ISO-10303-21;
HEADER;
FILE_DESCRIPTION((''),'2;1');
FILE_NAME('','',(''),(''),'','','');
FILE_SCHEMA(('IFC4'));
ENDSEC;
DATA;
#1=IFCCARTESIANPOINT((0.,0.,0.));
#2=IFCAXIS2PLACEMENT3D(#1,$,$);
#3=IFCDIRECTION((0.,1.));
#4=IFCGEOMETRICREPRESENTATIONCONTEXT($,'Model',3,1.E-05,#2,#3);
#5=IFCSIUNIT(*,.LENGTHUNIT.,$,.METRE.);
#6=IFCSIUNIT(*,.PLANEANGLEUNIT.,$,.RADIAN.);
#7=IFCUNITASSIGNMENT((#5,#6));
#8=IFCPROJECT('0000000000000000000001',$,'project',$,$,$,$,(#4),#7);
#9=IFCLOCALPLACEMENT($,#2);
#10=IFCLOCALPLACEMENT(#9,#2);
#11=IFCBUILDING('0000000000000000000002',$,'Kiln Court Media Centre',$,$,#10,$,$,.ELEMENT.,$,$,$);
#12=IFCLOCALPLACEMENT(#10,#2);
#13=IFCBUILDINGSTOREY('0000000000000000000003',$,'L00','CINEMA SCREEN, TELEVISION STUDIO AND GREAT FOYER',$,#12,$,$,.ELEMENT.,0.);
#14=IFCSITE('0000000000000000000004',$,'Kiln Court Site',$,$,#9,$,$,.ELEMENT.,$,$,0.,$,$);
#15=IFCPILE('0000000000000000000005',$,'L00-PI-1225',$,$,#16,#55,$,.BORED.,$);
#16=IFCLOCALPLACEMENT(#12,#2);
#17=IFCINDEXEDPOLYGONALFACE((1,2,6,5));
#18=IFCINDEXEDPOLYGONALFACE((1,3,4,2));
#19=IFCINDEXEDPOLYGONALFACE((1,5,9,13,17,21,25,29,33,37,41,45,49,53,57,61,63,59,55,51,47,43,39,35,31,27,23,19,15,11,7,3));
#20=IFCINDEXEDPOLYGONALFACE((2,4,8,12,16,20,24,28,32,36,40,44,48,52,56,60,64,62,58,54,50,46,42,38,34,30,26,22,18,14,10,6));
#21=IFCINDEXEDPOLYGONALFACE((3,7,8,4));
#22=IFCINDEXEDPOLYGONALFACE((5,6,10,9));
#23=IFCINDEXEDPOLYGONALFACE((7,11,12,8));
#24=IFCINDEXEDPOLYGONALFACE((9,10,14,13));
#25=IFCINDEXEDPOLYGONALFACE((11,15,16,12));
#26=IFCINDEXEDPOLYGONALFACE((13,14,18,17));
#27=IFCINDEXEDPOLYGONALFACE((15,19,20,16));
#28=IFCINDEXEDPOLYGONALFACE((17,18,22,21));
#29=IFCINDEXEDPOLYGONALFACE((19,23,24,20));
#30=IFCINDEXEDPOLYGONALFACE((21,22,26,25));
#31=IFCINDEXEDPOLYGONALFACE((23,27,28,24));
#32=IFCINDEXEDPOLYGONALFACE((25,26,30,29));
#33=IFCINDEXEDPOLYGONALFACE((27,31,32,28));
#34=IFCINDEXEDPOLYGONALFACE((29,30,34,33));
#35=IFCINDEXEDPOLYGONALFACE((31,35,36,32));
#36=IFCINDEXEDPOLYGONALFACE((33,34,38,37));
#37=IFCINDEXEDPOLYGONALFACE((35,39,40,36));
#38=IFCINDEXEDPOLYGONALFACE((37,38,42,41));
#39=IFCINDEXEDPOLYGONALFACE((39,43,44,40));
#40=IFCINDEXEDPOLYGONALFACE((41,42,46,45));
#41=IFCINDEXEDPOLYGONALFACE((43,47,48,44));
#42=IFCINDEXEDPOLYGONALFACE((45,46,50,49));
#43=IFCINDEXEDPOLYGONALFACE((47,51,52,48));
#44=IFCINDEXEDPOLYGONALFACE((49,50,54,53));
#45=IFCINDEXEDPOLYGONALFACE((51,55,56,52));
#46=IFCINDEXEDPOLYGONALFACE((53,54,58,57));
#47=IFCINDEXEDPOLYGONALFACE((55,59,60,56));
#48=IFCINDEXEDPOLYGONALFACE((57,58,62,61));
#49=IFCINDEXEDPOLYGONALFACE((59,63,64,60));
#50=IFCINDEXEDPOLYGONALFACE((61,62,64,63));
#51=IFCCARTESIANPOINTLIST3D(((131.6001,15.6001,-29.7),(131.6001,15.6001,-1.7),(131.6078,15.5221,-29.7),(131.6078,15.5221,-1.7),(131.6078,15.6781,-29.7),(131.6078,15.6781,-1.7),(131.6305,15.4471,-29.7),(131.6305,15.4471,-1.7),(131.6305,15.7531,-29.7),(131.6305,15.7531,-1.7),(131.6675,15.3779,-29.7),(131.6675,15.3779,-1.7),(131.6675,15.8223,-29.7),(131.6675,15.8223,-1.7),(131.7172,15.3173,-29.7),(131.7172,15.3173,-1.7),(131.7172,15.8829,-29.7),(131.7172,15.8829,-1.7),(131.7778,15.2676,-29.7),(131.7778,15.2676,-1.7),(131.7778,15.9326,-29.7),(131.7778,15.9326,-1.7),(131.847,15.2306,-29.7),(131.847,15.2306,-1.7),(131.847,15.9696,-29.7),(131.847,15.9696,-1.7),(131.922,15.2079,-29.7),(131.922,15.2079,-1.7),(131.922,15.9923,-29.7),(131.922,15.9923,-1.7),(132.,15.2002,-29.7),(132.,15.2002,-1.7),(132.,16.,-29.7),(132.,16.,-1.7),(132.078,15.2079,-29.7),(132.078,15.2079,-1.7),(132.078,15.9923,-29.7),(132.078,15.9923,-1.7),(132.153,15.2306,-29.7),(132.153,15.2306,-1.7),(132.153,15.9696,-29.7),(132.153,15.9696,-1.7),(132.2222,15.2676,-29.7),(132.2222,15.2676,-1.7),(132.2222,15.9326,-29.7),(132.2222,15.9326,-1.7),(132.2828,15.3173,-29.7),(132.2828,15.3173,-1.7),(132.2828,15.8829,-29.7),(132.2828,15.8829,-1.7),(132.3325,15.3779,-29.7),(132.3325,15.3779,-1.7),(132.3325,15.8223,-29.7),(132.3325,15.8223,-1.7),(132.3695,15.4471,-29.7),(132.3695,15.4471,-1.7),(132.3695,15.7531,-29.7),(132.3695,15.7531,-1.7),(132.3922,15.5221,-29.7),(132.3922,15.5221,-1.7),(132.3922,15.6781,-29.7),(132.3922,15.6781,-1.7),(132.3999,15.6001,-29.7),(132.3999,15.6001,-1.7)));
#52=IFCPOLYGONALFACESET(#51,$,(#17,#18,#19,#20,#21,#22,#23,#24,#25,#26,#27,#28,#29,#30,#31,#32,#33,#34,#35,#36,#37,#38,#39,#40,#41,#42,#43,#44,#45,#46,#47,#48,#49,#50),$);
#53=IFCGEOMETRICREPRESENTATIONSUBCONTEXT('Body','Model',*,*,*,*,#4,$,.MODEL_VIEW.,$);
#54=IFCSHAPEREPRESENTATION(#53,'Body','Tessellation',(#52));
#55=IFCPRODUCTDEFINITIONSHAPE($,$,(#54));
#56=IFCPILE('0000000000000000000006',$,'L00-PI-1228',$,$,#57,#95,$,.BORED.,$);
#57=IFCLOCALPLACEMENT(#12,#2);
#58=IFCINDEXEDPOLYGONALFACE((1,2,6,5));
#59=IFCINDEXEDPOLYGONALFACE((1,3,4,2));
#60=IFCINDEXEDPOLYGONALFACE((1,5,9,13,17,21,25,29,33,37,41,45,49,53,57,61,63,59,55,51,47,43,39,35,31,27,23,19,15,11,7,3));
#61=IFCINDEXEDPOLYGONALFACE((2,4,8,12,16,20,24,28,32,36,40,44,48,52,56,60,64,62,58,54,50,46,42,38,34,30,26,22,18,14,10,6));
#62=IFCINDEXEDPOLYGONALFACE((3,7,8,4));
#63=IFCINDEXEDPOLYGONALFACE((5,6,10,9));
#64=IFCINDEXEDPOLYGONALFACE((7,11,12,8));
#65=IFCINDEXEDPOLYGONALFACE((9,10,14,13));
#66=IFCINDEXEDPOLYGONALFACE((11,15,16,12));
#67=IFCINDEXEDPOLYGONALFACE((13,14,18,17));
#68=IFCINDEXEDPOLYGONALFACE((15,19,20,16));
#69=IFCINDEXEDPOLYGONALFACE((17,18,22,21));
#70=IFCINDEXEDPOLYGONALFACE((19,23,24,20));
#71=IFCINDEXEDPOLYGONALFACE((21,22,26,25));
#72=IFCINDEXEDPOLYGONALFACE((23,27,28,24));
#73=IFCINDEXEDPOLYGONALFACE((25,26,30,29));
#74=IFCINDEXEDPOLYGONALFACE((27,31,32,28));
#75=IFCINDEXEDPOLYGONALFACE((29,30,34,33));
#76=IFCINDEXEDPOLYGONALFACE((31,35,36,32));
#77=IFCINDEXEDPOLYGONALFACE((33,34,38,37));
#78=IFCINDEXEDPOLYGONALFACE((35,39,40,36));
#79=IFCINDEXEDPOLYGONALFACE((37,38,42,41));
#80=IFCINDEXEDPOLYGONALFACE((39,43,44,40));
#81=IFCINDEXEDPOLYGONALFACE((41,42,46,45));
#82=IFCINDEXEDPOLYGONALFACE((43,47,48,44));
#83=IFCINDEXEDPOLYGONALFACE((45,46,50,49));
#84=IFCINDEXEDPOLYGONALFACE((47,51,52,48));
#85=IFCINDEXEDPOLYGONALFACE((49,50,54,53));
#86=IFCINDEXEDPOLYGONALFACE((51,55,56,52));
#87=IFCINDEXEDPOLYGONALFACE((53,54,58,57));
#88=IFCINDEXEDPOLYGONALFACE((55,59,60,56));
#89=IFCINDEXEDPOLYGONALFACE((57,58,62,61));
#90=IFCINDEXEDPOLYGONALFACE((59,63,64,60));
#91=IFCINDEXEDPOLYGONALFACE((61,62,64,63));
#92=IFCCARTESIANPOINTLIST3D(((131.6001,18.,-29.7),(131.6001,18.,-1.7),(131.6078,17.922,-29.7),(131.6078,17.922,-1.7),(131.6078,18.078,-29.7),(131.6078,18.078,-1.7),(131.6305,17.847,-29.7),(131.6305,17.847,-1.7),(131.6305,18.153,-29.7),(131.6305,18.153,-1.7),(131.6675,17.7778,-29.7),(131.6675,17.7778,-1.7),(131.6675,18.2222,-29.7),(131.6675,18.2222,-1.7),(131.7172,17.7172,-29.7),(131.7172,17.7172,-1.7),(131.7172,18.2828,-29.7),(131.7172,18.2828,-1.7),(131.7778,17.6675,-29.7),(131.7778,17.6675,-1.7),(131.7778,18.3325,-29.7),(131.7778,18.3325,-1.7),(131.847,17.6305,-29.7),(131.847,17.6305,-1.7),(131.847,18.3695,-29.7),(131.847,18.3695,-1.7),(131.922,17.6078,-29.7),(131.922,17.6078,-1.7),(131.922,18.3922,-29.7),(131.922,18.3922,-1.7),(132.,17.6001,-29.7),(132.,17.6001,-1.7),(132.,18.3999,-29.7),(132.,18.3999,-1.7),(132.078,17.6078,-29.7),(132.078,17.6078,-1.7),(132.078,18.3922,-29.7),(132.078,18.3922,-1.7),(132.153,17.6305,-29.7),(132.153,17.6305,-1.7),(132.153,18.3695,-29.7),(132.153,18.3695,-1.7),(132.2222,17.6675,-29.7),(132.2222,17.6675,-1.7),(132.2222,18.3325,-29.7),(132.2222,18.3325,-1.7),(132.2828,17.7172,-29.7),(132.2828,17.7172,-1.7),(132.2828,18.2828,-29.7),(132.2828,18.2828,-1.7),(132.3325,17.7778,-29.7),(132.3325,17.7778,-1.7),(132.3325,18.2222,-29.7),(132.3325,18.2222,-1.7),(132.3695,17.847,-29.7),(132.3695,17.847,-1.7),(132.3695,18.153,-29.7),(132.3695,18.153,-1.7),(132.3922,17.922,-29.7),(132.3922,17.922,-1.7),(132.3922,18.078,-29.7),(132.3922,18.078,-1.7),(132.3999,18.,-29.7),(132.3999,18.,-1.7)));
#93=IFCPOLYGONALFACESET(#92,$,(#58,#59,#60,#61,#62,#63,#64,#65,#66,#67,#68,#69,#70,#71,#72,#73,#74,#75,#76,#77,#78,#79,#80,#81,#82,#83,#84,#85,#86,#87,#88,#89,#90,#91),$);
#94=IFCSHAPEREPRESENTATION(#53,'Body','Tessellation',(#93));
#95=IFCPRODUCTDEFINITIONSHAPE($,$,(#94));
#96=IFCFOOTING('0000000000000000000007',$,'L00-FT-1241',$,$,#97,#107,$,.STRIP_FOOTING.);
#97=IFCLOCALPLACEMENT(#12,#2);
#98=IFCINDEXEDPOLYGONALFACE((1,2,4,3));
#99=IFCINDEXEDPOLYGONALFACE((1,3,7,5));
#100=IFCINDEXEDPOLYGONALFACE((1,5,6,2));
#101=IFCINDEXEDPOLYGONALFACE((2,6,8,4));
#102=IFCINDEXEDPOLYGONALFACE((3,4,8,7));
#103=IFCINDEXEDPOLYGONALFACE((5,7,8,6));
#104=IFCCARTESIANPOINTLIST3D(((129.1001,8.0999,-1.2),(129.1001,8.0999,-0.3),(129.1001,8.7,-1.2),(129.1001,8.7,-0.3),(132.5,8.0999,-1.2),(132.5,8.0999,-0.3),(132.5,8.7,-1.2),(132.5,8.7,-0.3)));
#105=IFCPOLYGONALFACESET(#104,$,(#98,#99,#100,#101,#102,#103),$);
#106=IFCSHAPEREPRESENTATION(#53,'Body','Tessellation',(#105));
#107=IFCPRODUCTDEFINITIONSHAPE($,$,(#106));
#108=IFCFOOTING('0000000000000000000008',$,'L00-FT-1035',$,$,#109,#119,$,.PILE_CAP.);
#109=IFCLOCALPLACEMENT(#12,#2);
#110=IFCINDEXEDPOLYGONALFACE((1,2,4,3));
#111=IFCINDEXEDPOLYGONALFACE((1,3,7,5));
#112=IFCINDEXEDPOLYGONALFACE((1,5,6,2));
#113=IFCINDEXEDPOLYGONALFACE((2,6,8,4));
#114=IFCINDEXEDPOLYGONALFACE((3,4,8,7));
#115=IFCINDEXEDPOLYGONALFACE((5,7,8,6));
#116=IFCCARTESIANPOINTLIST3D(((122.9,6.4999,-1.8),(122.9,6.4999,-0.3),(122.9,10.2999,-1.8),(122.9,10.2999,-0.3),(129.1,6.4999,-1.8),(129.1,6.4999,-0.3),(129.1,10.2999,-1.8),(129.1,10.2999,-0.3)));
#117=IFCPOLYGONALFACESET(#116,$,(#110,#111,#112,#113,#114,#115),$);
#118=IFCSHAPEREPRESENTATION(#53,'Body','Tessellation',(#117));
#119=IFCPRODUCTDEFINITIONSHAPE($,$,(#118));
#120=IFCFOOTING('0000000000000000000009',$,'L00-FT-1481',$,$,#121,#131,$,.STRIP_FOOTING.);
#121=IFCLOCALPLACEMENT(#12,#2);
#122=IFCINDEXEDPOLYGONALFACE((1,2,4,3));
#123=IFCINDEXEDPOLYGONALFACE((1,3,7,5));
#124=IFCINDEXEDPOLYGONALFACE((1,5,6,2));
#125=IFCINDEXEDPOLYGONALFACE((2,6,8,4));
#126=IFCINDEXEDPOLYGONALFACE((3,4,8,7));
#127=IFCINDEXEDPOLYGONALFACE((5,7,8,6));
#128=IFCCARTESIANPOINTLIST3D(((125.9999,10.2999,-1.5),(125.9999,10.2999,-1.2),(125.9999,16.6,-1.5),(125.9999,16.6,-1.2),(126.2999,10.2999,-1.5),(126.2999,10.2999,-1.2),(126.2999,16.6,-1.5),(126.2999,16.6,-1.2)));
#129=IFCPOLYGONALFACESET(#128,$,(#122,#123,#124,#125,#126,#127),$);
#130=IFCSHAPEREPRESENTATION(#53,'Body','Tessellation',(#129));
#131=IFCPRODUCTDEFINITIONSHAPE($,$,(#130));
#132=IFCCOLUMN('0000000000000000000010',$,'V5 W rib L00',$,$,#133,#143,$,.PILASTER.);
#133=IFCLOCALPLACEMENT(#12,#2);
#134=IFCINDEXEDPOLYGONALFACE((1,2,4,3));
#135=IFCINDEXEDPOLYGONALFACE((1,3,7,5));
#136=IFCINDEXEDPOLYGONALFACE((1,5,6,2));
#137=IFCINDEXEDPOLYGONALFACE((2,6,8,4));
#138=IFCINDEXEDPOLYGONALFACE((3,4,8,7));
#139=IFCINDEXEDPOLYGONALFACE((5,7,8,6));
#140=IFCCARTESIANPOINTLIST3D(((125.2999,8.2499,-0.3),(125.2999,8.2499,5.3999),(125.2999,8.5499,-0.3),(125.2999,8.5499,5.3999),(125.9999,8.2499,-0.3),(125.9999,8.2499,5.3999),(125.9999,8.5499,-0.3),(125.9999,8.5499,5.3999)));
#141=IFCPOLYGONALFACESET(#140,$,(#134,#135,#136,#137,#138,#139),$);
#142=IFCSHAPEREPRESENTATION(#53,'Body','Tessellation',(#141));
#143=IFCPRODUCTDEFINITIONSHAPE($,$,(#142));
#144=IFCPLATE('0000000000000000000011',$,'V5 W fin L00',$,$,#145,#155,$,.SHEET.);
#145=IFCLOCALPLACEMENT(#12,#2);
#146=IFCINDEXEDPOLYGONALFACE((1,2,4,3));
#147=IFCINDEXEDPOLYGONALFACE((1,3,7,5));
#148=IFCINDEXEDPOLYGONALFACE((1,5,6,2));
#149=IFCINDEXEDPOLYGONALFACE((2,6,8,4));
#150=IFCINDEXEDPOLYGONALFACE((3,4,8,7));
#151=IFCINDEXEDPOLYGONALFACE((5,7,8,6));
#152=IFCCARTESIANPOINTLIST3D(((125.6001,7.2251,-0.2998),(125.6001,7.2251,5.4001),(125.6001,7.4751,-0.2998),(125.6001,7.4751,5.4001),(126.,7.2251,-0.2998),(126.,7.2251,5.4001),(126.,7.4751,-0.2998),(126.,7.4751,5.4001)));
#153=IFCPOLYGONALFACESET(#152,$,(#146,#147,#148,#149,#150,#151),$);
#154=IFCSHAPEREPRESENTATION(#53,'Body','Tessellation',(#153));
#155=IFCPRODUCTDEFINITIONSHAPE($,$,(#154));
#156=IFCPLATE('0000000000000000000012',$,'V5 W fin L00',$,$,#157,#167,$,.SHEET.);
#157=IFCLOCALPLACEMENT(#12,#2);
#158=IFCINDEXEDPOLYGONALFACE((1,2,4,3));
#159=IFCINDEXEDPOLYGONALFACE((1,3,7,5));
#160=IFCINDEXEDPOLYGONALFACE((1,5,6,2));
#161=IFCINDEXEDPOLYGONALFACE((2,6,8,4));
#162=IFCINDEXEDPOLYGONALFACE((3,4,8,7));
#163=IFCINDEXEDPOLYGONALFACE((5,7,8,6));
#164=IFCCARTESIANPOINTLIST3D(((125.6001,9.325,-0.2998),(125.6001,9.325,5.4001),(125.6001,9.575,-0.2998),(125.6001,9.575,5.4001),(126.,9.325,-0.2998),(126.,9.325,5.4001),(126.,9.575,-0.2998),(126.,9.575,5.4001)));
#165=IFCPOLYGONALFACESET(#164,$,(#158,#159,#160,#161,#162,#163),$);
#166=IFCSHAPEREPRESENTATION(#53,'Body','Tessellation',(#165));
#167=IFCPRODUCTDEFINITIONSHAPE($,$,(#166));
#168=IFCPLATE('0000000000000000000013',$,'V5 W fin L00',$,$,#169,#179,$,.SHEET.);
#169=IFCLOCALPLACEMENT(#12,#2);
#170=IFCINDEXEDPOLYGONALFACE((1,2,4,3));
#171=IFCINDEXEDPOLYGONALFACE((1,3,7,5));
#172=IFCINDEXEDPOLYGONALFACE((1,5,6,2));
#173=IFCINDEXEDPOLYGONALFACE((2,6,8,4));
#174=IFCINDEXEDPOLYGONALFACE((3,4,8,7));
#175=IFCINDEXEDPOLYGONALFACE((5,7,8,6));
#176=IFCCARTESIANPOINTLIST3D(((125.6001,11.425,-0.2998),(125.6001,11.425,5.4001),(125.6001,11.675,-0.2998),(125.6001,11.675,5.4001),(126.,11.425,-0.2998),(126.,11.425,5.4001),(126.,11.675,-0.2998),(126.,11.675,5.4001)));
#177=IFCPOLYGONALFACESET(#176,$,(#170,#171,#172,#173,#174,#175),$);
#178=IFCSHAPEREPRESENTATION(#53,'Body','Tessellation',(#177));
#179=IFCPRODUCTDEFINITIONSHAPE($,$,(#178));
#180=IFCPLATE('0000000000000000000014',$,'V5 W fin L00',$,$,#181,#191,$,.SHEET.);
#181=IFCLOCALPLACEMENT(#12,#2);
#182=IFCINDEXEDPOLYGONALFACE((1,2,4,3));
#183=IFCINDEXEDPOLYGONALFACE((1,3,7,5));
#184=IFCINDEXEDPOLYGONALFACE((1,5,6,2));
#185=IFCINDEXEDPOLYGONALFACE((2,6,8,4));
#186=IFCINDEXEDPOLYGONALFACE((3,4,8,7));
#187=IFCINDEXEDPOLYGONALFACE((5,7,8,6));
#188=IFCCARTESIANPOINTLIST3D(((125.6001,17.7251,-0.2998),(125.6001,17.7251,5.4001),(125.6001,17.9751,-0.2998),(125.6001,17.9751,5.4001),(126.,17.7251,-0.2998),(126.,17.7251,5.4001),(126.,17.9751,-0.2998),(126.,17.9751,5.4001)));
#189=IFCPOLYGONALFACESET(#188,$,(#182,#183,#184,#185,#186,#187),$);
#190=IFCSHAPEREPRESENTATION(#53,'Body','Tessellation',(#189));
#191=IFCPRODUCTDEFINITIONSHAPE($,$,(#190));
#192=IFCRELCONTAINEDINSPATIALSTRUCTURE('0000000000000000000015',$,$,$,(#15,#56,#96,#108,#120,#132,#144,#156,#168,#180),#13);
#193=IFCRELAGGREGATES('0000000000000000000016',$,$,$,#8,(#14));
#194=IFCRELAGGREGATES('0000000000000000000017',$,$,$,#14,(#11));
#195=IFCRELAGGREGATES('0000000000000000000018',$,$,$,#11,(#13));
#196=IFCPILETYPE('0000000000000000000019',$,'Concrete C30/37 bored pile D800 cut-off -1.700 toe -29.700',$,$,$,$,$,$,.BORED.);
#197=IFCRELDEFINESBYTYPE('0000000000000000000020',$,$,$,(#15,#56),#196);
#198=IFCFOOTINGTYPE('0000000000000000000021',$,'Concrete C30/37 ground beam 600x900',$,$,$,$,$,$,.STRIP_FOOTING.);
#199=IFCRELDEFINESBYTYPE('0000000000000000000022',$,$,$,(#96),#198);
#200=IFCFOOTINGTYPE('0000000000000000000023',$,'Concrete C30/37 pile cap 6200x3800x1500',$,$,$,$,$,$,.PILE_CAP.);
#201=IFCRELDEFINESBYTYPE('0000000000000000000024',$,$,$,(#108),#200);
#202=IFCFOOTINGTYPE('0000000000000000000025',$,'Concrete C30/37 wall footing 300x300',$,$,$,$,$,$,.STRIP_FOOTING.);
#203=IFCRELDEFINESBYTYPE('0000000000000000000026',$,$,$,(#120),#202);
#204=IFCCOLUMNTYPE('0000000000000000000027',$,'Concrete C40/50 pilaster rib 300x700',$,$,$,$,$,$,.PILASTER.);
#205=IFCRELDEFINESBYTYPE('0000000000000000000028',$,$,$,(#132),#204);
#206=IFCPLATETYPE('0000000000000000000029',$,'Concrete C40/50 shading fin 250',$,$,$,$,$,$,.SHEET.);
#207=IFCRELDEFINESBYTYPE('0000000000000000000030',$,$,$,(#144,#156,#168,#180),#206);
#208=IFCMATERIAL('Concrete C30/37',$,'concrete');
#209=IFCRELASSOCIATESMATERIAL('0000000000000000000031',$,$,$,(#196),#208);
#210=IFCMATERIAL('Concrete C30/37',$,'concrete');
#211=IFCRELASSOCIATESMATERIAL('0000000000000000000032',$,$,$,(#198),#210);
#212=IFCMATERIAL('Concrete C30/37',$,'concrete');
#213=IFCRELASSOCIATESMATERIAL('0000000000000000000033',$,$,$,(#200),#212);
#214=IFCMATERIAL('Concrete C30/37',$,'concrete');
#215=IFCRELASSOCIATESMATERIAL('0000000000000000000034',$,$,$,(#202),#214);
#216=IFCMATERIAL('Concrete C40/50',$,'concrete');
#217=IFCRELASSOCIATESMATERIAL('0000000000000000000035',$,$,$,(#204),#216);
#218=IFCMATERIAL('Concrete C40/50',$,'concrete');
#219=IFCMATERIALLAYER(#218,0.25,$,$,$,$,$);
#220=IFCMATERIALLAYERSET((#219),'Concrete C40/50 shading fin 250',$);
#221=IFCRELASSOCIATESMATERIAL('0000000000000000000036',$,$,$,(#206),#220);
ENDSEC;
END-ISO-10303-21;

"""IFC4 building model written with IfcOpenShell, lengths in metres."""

from ifc_helpers import new_model, si_unit, direction, frame, origin, origin_2d, place, context, subcontext, project, spatial, rectangle, circle, extrude, material, layer, layer_set, material_profile, profile_set, type_object, element, save


model = new_model("IFC4")

# Units and contexts
model_context = context("Model", 3, precision=1e-05, world=origin(), true_north=direction((0.0, 1.0)))
body_context = subcontext(model_context, "Body", "Model", "MODEL_VIEW")
ifc_project = project(units=[si_unit("LENGTHUNIT", "METRE"), si_unit("PLANEANGLEUNIT", "RADIAN")], contexts=[model_context])

# Site, building, storey
site_placement = place(None, origin())
site = spatial("IfcSite", under=ifc_project, at=site_placement, Name="Kiln Court Site", CompositionType="ELEMENT", RefElevation=0.0)
building_placement = place(site_placement, origin())
building = spatial("IfcBuilding", under=site, at=building_placement, Name="Kiln Court Media Centre", CompositionType="ELEMENT")
storey_placement = place(building_placement, origin())
storey = spatial("IfcBuildingStorey", under=building, at=storey_placement, Name="L00", Description="CINEMA SCREEN, TELEVISION STUDIO AND GREAT FOYER", CompositionType="ELEMENT", Elevation=0.0)

# Piles
ifc_material_1 = material(Name="Concrete C30/37", Category="concrete")
ifc_material_profile_1 = material_profile(ifc_material_1, circle(Radius=0.3999, at=origin_2d()), Name="PILE D800")
ifc_profile_set_1 = profile_set([ifc_material_profile_1], Name="Concrete C30/37")
pile_type = type_object("IfcPileType", Name="Concrete C30/37 bored pile D800 cut-off -1.700 toe -29.700", PredefinedType="BORED", material=ifc_profile_set_1)
for number, where, z_axis, x_axis, name in (
    (1, (132.0, 15.6001, -1.7), (0.0, 0.0, -1.0), (1.0, 0.0, 0.0), "L00-PI-1225"),
    (2, (132.0, 18.0, -1.7), (0.0, 0.0, -1.0), (1.0, 0.0, 0.0), "L00-PI-1228"),
):
    element("IfcPile", number, at=place(storey_placement, frame(where, z_axis=z_axis, x_axis=x_axis)), inside=storey, type_object=pile_type, Name=name, PredefinedType="BORED", context=body_context, shape_type="SweptSolid", body=[
        extrude(circle(Radius=0.3999, at=origin_2d()), origin(), (0.0, 0.0, 1.0), 28.0),
    ])

# Footings
ifc_material_2 = material(Name="Concrete C30/37", Category="concrete")
footing_type_1 = type_object("IfcFootingType", Name="Concrete C30/37 ground beam 600x900", PredefinedType="STRIP_FOOTING", material=ifc_material_2)
footing_1_placement = place(storey_placement, frame((130.8, 8.3999, -1.2), z_axis=(0.0, 0.0, 1.0), x_axis=(1.0, 0.0, 0.0)))
element("IfcFooting", 3, at=footing_1_placement, inside=storey, type_object=footing_type_1, Name="L00-FT-1241", PredefinedType="STRIP_FOOTING", context=body_context, shape_type="SweptSolid", body=[
    extrude(rectangle(XDim=3.3999, YDim=0.6001, at=origin_2d()), origin(), (0.0, 0.0, 1.0), 0.8999),
])
ifc_material_3 = material(Name="Concrete C30/37", Category="concrete")
footing_type_2 = type_object("IfcFootingType", Name="Concrete C30/37 pile cap 6200x3800x1500", PredefinedType="PILE_CAP", material=ifc_material_3)
footing_2_placement = place(storey_placement, frame((126.0, 8.3999, -1.8), z_axis=(0.0, 0.0, 1.0), x_axis=(1.0, 0.0, 0.0)))
element("IfcFooting", 4, at=footing_2_placement, inside=storey, type_object=footing_type_2, Name="L00-FT-1035", PredefinedType="PILE_CAP", context=body_context, shape_type="SweptSolid", body=[
    extrude(rectangle(XDim=6.2, YDim=3.8, at=origin_2d()), origin(), (0.0, 0.0, 1.0), 1.5),
])
ifc_material_4 = material(Name="Concrete C30/37", Category="concrete")
footing_type_3 = type_object("IfcFootingType", Name="Concrete C30/37 wall footing 300x300", PredefinedType="STRIP_FOOTING", material=ifc_material_4)
footing_3_placement = place(storey_placement, frame((126.1499, 13.45, -1.5), z_axis=(0.0, 0.0, 1.0), x_axis=(1.0, 0.0, 0.0)))
element("IfcFooting", 5, at=footing_3_placement, inside=storey, type_object=footing_type_3, Name="L00-FT-1481", PredefinedType="STRIP_FOOTING", context=body_context, shape_type="SweptSolid", body=[
    extrude(rectangle(XDim=0.3, YDim=6.3, at=origin_2d()), origin(), (0.0, 0.0, 1.0), 0.3),
])

# Column
ifc_material_5 = material(Name="Concrete C40/50", Category="concrete")
ifc_material_profile_2 = material_profile(ifc_material_5, rectangle(XDim=0.3, YDim=0.7, at=origin_2d()), Name="RC 300x700")
ifc_profile_set_2 = profile_set([ifc_material_profile_2], Name="Concrete C40/50")
column_type = type_object("IfcColumnType", Name="Concrete C40/50 pilaster rib 300x700", PredefinedType="PILASTER", material=ifc_profile_set_2)
column_placement = place(storey_placement, frame((125.6499, 8.3999, -0.3), z_axis=(0.0, 0.0, 1.0), x_axis=(0.0, 1.0, 0.0)))
element("IfcColumn", 6, at=column_placement, inside=storey, type_object=column_type, Name="V5 W rib L00", PredefinedType="PILASTER", context=body_context, shape_type="SweptSolid", body=[
    extrude(rectangle(XDim=0.3, YDim=0.7, at=origin_2d()), origin(), (0.0, 0.0, 1.0), 5.7),
])

# Plates
ifc_material_6 = material(Name="Concrete C40/50", Category="concrete")
ifc_layer_1 = layer(ifc_material_6, 0.25)
ifc_layer_set_1 = layer_set([ifc_layer_1], Name="Concrete C40/50 shading fin 250")
plate_type = type_object("IfcPlateType", Name="Concrete C40/50 shading fin 250", PredefinedType="SHEET", material=ifc_layer_set_1)
for number, where, z_axis, x_axis, name in (
    (7, (125.8, 7.3501, -0.2998), (0.0, 0.0, 1.0), (1.0, 0.0, 0.0), "V5 W fin L00"),
    (8, (125.8, 9.45, -0.2998), (0.0, 0.0, 1.0), (1.0, 0.0, 0.0), "V5 W fin L00"),
    (9, (125.8, 11.55, -0.2998), (0.0, 0.0, 1.0), (1.0, 0.0, 0.0), "V5 W fin L00"),
    (10, (125.8, 17.8501, -0.2998), (0.0, 0.0, 1.0), (1.0, 0.0, 0.0), "V5 W fin L00"),
):
    element("IfcPlate", number, at=place(storey_placement, frame(where, z_axis=z_axis, x_axis=x_axis)), inside=storey, type_object=plate_type, Name=name, PredefinedType="SHEET", context=body_context, shape_type="SweptSolid", body=[
        extrude(rectangle(XDim=0.3999, YDim=0.25, at=origin_2d()), origin(), (0.0, 0.0, 1.0), 5.7),
    ])

save(model, "model.ifc")
